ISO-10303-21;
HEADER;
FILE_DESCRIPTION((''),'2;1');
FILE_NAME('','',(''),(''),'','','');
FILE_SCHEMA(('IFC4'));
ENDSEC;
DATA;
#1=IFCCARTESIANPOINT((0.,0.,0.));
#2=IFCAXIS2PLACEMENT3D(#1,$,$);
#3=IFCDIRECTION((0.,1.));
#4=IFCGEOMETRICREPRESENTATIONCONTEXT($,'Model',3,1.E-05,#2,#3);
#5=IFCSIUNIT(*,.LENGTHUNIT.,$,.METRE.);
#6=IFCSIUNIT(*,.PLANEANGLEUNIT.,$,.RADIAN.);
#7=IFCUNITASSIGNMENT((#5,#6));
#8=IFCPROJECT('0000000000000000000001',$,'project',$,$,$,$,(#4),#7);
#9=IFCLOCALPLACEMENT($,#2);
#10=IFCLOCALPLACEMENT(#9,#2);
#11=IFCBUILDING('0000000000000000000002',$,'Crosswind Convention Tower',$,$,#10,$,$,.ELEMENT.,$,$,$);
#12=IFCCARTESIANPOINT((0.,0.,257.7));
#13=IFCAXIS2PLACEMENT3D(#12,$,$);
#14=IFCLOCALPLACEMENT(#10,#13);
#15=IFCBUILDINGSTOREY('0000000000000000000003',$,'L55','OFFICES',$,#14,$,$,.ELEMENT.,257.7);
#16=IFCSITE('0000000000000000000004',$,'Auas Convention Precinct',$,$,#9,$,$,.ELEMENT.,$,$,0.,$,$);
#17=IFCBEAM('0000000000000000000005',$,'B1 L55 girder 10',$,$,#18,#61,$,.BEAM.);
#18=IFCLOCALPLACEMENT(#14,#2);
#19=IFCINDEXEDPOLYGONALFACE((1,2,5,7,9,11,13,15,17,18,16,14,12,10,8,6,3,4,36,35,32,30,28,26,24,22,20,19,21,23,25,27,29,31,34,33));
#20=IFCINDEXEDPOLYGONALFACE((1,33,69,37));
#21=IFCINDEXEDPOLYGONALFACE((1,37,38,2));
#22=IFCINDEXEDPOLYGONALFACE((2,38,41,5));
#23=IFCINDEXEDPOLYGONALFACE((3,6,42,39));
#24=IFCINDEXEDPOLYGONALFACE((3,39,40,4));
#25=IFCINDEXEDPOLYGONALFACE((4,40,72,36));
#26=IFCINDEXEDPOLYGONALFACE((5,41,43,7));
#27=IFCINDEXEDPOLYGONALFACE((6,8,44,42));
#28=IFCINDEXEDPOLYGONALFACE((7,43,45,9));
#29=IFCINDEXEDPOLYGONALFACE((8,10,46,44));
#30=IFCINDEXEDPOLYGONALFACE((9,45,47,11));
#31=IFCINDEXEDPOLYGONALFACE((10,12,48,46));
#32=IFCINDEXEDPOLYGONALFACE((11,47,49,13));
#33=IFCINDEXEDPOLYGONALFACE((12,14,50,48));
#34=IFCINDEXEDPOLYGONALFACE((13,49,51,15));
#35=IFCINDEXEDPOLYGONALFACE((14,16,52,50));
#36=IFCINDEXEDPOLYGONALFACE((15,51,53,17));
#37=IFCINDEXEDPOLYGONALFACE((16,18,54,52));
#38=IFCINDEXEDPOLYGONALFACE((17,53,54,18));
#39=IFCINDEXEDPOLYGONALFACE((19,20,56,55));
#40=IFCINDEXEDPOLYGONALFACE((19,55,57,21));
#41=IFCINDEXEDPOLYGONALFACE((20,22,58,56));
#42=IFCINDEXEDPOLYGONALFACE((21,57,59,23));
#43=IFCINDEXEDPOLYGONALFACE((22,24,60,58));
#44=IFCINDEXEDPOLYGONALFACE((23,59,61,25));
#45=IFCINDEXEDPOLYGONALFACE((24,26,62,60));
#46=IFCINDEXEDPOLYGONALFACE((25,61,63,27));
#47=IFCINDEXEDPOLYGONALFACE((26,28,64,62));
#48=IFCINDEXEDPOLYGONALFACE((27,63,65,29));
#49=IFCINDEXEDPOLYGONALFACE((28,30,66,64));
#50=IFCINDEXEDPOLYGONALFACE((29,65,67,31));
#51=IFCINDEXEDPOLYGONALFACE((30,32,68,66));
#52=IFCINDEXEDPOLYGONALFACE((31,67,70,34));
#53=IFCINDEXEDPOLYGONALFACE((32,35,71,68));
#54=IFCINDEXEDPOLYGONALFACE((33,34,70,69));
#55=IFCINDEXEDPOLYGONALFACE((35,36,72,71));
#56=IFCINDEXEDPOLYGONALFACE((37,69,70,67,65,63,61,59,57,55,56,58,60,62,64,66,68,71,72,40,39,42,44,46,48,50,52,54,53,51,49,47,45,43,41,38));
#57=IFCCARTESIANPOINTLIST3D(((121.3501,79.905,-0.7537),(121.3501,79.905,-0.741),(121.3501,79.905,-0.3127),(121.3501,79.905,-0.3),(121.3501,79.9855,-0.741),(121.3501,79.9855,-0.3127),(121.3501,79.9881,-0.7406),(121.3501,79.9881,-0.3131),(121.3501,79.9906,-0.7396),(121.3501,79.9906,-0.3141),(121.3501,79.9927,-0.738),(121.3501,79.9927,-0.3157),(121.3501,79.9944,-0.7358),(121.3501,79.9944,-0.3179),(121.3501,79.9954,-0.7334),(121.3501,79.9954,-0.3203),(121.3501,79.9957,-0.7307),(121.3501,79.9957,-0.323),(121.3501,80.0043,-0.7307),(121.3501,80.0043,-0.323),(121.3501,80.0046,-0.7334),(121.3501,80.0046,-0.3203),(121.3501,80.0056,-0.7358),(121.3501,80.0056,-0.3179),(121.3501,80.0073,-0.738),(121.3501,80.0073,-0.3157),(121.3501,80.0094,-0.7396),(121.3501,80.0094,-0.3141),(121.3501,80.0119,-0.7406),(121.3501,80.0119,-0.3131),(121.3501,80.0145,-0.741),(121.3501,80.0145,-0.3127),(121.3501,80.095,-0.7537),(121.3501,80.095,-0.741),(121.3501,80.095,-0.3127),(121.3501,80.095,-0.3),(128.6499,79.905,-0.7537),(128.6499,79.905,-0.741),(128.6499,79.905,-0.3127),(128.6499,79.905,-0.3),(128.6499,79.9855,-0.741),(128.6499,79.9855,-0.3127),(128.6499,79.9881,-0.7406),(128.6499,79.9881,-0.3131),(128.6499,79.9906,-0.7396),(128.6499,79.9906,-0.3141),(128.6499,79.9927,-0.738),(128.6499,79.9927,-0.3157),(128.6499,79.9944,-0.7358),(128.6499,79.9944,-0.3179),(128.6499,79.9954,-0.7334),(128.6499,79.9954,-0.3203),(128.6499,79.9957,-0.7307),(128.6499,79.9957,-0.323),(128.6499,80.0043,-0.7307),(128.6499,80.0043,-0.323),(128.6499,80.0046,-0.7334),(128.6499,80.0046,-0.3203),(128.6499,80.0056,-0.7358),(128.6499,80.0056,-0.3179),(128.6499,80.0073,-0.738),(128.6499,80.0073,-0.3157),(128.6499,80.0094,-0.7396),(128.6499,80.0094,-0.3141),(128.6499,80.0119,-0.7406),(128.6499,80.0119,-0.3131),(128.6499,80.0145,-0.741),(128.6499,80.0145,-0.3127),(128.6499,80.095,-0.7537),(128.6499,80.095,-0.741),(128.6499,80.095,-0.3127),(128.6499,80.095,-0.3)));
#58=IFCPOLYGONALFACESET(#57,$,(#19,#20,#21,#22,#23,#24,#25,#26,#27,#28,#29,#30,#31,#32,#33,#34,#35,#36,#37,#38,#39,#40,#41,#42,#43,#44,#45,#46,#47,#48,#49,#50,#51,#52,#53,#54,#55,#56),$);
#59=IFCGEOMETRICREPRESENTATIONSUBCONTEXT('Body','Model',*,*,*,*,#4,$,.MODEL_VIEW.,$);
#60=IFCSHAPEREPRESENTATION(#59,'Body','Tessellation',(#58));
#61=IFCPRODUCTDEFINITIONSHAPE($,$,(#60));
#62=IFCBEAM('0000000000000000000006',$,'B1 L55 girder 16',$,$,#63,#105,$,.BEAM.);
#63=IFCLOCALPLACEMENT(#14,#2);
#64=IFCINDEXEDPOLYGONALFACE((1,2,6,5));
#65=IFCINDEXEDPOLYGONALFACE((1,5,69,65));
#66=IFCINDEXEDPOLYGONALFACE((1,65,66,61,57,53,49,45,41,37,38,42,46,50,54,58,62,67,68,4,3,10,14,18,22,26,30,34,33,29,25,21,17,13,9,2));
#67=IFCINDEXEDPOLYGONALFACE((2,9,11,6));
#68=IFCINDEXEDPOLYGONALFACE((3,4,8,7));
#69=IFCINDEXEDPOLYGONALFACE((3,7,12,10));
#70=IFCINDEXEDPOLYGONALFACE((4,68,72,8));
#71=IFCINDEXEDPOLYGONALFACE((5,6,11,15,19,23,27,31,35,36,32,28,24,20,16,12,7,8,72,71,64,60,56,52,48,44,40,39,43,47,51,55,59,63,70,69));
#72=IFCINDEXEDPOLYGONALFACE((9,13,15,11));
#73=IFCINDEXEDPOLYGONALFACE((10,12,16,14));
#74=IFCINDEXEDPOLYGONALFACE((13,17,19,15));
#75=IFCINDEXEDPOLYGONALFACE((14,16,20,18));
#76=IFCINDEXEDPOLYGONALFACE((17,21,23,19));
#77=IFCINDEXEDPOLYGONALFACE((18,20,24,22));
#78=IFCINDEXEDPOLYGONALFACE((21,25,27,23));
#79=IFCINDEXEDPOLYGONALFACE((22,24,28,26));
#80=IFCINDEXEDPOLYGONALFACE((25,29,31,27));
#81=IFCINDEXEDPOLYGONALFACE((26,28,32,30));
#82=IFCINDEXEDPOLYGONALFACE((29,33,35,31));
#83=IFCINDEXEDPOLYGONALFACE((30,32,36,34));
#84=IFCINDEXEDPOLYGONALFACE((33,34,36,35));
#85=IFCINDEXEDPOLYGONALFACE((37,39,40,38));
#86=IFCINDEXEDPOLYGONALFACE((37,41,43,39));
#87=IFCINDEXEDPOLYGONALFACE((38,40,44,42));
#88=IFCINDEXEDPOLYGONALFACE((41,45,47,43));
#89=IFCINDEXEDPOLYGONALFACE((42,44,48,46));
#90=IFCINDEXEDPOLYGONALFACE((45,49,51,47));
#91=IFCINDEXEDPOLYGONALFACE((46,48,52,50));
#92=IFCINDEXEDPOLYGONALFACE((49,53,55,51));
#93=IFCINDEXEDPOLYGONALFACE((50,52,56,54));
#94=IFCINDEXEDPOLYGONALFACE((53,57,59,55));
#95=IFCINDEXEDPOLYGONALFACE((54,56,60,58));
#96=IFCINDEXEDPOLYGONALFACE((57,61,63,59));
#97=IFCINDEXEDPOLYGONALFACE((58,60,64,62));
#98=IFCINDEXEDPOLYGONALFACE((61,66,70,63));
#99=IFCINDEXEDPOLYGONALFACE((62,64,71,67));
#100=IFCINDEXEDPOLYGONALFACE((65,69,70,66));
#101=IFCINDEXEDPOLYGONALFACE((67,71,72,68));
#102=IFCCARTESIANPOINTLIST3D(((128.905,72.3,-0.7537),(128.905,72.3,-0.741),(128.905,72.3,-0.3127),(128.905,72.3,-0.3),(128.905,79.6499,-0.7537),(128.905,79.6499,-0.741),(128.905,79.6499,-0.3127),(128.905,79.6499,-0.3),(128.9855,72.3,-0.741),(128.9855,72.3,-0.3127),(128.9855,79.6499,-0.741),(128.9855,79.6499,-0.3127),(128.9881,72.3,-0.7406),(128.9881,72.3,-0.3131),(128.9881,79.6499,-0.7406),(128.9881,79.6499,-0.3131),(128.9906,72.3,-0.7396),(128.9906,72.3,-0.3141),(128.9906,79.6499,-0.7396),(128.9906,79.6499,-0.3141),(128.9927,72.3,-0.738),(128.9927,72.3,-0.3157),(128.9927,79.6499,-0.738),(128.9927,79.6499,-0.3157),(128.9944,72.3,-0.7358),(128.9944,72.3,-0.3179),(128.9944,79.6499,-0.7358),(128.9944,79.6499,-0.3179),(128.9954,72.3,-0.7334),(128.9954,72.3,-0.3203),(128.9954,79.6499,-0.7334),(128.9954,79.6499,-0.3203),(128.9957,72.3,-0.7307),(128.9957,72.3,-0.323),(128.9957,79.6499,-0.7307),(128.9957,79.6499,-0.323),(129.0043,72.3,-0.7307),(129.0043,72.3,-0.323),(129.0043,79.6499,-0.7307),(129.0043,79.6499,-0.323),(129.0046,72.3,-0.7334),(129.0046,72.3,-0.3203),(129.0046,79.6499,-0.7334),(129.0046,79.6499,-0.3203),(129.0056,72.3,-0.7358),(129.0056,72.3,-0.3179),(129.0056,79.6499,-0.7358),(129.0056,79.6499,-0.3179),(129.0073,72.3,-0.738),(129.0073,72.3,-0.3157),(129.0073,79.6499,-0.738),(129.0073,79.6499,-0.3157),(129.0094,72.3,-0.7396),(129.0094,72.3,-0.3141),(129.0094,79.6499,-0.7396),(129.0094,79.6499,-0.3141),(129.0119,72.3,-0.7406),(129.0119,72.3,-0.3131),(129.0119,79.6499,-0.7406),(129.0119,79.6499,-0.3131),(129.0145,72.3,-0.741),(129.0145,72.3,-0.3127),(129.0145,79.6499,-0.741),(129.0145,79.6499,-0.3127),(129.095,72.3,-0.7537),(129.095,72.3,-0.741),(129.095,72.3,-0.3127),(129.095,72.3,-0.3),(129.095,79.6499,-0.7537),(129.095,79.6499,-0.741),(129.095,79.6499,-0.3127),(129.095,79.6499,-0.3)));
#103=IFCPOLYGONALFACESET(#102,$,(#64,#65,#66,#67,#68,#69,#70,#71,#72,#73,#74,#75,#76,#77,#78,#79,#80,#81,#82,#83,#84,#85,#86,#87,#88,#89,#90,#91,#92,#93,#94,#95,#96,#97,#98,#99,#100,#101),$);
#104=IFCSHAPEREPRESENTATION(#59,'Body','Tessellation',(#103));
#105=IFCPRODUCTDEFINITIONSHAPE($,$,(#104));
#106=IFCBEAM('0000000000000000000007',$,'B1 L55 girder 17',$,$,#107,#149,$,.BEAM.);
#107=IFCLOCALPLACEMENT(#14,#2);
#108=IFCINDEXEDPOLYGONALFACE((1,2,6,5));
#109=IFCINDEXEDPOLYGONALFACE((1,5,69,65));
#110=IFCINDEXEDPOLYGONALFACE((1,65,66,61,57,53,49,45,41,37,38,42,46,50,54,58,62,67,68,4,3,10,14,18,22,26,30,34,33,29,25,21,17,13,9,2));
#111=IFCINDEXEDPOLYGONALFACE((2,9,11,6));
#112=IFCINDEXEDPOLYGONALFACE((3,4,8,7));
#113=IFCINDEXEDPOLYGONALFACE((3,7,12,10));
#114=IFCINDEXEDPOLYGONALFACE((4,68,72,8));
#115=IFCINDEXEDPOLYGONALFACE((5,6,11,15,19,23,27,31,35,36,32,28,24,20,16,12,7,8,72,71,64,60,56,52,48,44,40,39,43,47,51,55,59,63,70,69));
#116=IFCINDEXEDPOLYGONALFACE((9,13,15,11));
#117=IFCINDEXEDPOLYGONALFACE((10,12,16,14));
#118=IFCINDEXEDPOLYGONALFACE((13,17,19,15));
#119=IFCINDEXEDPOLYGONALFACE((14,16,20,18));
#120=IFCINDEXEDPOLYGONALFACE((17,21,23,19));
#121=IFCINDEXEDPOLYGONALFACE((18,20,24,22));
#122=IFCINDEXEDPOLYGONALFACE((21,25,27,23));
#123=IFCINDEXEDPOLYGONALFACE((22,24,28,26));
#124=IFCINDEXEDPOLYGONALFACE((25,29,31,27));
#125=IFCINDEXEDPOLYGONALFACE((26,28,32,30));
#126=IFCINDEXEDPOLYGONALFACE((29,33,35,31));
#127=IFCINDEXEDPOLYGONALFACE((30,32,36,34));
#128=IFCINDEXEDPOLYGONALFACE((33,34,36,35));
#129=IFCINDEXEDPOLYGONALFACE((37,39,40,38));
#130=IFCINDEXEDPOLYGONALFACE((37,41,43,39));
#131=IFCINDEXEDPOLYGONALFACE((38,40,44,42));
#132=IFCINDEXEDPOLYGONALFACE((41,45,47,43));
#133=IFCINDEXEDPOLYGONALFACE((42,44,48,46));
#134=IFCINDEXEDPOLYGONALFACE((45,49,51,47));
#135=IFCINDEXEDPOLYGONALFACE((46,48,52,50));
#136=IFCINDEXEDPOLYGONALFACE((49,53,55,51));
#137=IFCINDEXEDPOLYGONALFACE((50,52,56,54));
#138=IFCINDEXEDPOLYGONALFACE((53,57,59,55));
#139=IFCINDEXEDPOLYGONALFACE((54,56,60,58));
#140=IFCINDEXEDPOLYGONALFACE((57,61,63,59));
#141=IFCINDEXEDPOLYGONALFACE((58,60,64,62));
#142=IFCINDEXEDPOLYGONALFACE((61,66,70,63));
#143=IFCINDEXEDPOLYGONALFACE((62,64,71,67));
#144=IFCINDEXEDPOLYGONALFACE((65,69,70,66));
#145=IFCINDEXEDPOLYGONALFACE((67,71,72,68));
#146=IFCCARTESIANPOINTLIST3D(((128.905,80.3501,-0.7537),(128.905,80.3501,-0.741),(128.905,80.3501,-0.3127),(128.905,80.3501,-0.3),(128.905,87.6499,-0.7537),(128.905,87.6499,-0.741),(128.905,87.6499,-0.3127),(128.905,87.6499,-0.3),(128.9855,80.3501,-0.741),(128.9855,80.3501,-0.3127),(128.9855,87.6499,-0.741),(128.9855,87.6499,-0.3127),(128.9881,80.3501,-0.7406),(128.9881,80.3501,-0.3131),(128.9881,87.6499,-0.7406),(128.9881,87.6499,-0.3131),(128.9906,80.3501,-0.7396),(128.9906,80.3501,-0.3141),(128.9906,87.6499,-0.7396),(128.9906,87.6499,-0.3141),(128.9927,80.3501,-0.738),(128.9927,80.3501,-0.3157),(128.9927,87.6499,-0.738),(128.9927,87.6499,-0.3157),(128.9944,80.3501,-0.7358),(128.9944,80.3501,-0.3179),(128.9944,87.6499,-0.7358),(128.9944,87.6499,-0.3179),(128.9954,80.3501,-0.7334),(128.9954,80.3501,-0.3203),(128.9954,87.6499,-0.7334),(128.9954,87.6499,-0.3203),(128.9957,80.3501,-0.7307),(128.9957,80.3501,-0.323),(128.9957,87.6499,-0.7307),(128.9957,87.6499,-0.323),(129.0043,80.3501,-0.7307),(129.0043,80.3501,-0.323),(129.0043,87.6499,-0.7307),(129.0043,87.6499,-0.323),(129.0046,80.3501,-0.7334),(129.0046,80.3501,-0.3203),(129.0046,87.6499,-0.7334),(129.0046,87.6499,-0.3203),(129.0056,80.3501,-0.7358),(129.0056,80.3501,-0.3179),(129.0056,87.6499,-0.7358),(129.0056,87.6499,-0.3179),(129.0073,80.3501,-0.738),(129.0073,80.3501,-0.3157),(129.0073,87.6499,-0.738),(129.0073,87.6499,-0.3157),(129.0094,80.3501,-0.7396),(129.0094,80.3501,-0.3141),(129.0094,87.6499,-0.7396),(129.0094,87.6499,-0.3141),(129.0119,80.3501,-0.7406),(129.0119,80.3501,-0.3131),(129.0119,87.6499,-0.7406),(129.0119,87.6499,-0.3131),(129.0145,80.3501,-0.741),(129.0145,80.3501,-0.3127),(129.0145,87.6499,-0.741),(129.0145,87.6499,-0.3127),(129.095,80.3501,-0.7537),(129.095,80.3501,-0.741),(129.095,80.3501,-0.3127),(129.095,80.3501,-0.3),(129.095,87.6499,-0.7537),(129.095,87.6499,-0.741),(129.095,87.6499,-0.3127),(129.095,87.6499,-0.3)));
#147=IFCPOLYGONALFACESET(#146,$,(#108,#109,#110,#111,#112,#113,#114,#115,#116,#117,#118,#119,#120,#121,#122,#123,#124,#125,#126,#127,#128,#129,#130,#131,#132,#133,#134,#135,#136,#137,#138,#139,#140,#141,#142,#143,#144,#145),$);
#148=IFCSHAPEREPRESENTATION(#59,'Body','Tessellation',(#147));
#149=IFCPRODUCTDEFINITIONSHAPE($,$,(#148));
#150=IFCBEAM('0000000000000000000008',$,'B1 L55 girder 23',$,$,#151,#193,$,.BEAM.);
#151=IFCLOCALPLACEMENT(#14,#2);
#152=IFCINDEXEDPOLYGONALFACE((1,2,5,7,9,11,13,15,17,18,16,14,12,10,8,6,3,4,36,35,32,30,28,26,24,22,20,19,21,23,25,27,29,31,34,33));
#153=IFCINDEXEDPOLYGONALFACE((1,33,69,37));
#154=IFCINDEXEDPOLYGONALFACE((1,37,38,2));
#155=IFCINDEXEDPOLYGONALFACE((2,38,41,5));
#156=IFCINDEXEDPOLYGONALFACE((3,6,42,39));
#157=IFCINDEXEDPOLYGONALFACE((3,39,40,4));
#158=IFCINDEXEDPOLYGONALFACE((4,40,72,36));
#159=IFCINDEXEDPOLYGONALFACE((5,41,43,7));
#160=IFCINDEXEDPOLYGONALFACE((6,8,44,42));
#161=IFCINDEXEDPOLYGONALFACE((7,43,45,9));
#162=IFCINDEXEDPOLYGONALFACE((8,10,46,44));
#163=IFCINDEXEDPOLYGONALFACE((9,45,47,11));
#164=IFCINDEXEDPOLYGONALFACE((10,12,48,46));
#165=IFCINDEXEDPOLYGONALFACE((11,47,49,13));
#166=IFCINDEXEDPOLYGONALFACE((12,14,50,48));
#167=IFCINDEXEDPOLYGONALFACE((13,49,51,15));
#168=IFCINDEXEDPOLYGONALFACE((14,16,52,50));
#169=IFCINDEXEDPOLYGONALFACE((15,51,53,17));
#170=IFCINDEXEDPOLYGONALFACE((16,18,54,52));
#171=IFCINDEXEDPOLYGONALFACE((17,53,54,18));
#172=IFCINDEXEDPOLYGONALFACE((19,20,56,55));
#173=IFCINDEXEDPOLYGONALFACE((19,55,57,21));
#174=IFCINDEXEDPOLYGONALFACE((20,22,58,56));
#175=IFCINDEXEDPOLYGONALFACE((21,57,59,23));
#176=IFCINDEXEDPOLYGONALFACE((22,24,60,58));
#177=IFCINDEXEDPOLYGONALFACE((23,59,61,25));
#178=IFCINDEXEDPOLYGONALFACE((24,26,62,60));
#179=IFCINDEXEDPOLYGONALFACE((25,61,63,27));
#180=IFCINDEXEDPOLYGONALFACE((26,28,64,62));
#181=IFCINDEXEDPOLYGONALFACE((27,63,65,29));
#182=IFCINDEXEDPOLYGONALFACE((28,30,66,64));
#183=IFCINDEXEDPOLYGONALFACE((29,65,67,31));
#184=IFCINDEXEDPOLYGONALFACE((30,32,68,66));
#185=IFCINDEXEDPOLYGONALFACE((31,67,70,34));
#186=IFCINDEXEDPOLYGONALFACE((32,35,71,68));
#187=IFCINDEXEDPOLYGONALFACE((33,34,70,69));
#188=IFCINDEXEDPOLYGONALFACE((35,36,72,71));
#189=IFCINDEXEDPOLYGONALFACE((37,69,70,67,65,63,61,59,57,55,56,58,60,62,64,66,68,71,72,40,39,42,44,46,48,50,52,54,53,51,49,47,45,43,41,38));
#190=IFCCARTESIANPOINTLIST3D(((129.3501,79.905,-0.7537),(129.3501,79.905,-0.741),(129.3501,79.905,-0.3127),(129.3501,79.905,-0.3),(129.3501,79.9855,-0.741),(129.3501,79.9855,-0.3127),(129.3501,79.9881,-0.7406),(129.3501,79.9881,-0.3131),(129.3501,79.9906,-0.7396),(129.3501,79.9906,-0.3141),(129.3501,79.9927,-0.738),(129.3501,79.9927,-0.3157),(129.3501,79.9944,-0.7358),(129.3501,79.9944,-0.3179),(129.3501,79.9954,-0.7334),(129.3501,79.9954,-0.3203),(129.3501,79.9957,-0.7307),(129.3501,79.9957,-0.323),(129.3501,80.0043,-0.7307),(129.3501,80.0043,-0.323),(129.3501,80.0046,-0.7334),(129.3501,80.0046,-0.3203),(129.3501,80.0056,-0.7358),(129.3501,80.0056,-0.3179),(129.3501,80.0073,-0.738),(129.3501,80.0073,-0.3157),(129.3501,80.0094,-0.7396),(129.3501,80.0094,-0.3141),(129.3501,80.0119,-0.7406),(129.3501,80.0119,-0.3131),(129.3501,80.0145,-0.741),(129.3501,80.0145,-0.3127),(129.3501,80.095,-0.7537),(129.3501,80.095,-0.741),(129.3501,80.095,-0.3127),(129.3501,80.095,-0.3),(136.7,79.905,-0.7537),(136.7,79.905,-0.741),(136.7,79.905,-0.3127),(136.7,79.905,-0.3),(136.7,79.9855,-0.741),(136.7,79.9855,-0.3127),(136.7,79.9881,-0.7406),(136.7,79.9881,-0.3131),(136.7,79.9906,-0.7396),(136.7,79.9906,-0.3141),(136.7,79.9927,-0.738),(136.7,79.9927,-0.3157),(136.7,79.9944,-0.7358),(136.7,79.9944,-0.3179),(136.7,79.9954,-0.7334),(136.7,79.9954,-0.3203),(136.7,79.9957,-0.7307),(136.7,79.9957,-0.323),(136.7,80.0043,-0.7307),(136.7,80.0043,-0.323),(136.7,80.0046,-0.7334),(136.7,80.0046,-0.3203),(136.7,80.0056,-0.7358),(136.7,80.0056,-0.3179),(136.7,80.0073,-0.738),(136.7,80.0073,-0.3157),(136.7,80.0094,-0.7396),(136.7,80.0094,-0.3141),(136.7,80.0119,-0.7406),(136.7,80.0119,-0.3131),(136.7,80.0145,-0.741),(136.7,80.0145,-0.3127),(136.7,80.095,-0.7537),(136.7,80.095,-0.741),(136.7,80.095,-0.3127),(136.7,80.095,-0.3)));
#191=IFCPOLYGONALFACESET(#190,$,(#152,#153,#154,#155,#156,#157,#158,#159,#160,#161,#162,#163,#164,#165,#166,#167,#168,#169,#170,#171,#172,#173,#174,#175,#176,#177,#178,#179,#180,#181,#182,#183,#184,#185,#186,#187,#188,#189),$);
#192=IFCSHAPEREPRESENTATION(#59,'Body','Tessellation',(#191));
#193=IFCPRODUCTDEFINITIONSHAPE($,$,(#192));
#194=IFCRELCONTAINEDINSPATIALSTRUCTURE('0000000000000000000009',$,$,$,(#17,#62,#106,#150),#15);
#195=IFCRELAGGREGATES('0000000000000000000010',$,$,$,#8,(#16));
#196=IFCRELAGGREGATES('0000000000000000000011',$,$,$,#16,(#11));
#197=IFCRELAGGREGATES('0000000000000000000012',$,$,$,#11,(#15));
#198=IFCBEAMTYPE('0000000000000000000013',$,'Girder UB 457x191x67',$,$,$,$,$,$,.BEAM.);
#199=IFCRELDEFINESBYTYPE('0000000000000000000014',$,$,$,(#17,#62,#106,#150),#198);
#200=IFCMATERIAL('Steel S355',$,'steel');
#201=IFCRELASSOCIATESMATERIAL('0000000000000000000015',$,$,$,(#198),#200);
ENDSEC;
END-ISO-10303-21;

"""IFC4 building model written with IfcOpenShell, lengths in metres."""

from ifc_helpers import new_model, si_unit, direction, frame, origin, origin_2d, place, context, subcontext, project, spatial, i_section, extrude, material, material_profile, profile_set, type_object, element, save


model = new_model("IFC4")

# Units and contexts
model_context = context("Model", 3, precision=1e-05, world=origin(), true_north=direction((0.0, 1.0)))
body_context = subcontext(model_context, "Body", "Model", "MODEL_VIEW")
ifc_project = project(units=[si_unit("LENGTHUNIT", "METRE"), si_unit("PLANEANGLEUNIT", "RADIAN")], contexts=[model_context])

# Site, building, storey
site_placement = place(None, origin())
site = spatial("IfcSite", under=ifc_project, at=site_placement, Name="Auas Convention Precinct", CompositionType="ELEMENT", RefElevation=0.0)
building_placement = place(site_placement, origin())
building = spatial("IfcBuilding", under=site, at=building_placement, Name="Crosswind Convention Tower", CompositionType="ELEMENT")
storey_placement = place(building_placement, frame((0.0, 0.0, 257.7)))
storey = spatial("IfcBuildingStorey", under=building, at=storey_placement, Name="L55", Description="OFFICES", CompositionType="ELEMENT", Elevation=257.7)

# Beams
ifc_material_1 = material(Name="Steel S355", Category="steel")
ifc_material_profile_1 = material_profile(ifc_material_1, i_section(OverallWidth=0.1899, OverallDepth=0.4536, WebThickness=0.0085, FlangeThickness=0.0127, FilletRadius=0.0103, at=origin_2d()), Name="UB 457x191x67")
ifc_profile_set_1 = profile_set([ifc_material_profile_1], Name="Steel S355")
beam_type_1 = type_object("IfcBeamType", Name="Girder UB 457x191x67", PredefinedType="BEAM", material=ifc_profile_set_1)
beam_1_placement = place(storey_placement, frame((121.3501, 80.0, -0.5269), z_axis=(1.0, 0.0, 0.0), x_axis=(0.0, 1.0, 0.0)))
element("IfcBeam", 1, at=beam_1_placement, inside=storey, type_object=beam_type_1, Name="B1 L55 girder 10", PredefinedType="BEAM", context=body_context, shape_type="SweptSolid", body=[
    extrude(i_section(OverallWidth=0.1899, OverallDepth=0.4536, WebThickness=0.0085, FlangeThickness=0.0127, FilletRadius=0.0103, at=origin_2d()), origin(), (0.0, 0.0, 1.0), 7.2998),
])
beam_2_placement = place(storey_placement, frame((129.0, 72.3, -0.5269), z_axis=(0.0, 1.0, 0.0), x_axis=(-1.0, 0.0, 0.0)))
element("IfcBeam", 2, at=beam_2_placement, inside=storey, type_object=beam_type_1, Name="B1 L55 girder 16", PredefinedType="BEAM", context=body_context, shape_type="SweptSolid", body=[
    extrude(i_section(OverallWidth=0.1899, OverallDepth=0.4536, WebThickness=0.0085, FlangeThickness=0.0127, FilletRadius=0.0103, at=origin_2d()), origin(), (0.0, 0.0, 1.0), 7.3499),
])
beam_3_placement = place(storey_placement, frame((129.0, 80.3501, -0.5269), z_axis=(0.0, 1.0, 0.0), x_axis=(-1.0, 0.0, 0.0)))
element("IfcBeam", 3, at=beam_3_placement, inside=storey, type_object=beam_type_1, Name="B1 L55 girder 17", PredefinedType="BEAM", context=body_context, shape_type="SweptSolid", body=[
    extrude(i_section(OverallWidth=0.1899, OverallDepth=0.4536, WebThickness=0.0085, FlangeThickness=0.0127, FilletRadius=0.0103, at=origin_2d()), origin(), (0.0, 0.0, 1.0), 7.2998),
])
beam_4_placement = place(storey_placement, frame((129.3501, 80.0, -0.5269), z_axis=(1.0, 0.0, 0.0), x_axis=(0.0, 1.0, 0.0)))
element("IfcBeam", 4, at=beam_4_placement, inside=storey, type_object=beam_type_1, Name="B1 L55 girder 23", PredefinedType="BEAM", context=body_context, shape_type="SweptSolid", body=[
    extrude(i_section(OverallWidth=0.1899, OverallDepth=0.4536, WebThickness=0.0085, FlangeThickness=0.0127, FilletRadius=0.0103, at=origin_2d()), origin(), (0.0, 0.0, 1.0), 7.3499),
])

save(model, "model.ifc")
